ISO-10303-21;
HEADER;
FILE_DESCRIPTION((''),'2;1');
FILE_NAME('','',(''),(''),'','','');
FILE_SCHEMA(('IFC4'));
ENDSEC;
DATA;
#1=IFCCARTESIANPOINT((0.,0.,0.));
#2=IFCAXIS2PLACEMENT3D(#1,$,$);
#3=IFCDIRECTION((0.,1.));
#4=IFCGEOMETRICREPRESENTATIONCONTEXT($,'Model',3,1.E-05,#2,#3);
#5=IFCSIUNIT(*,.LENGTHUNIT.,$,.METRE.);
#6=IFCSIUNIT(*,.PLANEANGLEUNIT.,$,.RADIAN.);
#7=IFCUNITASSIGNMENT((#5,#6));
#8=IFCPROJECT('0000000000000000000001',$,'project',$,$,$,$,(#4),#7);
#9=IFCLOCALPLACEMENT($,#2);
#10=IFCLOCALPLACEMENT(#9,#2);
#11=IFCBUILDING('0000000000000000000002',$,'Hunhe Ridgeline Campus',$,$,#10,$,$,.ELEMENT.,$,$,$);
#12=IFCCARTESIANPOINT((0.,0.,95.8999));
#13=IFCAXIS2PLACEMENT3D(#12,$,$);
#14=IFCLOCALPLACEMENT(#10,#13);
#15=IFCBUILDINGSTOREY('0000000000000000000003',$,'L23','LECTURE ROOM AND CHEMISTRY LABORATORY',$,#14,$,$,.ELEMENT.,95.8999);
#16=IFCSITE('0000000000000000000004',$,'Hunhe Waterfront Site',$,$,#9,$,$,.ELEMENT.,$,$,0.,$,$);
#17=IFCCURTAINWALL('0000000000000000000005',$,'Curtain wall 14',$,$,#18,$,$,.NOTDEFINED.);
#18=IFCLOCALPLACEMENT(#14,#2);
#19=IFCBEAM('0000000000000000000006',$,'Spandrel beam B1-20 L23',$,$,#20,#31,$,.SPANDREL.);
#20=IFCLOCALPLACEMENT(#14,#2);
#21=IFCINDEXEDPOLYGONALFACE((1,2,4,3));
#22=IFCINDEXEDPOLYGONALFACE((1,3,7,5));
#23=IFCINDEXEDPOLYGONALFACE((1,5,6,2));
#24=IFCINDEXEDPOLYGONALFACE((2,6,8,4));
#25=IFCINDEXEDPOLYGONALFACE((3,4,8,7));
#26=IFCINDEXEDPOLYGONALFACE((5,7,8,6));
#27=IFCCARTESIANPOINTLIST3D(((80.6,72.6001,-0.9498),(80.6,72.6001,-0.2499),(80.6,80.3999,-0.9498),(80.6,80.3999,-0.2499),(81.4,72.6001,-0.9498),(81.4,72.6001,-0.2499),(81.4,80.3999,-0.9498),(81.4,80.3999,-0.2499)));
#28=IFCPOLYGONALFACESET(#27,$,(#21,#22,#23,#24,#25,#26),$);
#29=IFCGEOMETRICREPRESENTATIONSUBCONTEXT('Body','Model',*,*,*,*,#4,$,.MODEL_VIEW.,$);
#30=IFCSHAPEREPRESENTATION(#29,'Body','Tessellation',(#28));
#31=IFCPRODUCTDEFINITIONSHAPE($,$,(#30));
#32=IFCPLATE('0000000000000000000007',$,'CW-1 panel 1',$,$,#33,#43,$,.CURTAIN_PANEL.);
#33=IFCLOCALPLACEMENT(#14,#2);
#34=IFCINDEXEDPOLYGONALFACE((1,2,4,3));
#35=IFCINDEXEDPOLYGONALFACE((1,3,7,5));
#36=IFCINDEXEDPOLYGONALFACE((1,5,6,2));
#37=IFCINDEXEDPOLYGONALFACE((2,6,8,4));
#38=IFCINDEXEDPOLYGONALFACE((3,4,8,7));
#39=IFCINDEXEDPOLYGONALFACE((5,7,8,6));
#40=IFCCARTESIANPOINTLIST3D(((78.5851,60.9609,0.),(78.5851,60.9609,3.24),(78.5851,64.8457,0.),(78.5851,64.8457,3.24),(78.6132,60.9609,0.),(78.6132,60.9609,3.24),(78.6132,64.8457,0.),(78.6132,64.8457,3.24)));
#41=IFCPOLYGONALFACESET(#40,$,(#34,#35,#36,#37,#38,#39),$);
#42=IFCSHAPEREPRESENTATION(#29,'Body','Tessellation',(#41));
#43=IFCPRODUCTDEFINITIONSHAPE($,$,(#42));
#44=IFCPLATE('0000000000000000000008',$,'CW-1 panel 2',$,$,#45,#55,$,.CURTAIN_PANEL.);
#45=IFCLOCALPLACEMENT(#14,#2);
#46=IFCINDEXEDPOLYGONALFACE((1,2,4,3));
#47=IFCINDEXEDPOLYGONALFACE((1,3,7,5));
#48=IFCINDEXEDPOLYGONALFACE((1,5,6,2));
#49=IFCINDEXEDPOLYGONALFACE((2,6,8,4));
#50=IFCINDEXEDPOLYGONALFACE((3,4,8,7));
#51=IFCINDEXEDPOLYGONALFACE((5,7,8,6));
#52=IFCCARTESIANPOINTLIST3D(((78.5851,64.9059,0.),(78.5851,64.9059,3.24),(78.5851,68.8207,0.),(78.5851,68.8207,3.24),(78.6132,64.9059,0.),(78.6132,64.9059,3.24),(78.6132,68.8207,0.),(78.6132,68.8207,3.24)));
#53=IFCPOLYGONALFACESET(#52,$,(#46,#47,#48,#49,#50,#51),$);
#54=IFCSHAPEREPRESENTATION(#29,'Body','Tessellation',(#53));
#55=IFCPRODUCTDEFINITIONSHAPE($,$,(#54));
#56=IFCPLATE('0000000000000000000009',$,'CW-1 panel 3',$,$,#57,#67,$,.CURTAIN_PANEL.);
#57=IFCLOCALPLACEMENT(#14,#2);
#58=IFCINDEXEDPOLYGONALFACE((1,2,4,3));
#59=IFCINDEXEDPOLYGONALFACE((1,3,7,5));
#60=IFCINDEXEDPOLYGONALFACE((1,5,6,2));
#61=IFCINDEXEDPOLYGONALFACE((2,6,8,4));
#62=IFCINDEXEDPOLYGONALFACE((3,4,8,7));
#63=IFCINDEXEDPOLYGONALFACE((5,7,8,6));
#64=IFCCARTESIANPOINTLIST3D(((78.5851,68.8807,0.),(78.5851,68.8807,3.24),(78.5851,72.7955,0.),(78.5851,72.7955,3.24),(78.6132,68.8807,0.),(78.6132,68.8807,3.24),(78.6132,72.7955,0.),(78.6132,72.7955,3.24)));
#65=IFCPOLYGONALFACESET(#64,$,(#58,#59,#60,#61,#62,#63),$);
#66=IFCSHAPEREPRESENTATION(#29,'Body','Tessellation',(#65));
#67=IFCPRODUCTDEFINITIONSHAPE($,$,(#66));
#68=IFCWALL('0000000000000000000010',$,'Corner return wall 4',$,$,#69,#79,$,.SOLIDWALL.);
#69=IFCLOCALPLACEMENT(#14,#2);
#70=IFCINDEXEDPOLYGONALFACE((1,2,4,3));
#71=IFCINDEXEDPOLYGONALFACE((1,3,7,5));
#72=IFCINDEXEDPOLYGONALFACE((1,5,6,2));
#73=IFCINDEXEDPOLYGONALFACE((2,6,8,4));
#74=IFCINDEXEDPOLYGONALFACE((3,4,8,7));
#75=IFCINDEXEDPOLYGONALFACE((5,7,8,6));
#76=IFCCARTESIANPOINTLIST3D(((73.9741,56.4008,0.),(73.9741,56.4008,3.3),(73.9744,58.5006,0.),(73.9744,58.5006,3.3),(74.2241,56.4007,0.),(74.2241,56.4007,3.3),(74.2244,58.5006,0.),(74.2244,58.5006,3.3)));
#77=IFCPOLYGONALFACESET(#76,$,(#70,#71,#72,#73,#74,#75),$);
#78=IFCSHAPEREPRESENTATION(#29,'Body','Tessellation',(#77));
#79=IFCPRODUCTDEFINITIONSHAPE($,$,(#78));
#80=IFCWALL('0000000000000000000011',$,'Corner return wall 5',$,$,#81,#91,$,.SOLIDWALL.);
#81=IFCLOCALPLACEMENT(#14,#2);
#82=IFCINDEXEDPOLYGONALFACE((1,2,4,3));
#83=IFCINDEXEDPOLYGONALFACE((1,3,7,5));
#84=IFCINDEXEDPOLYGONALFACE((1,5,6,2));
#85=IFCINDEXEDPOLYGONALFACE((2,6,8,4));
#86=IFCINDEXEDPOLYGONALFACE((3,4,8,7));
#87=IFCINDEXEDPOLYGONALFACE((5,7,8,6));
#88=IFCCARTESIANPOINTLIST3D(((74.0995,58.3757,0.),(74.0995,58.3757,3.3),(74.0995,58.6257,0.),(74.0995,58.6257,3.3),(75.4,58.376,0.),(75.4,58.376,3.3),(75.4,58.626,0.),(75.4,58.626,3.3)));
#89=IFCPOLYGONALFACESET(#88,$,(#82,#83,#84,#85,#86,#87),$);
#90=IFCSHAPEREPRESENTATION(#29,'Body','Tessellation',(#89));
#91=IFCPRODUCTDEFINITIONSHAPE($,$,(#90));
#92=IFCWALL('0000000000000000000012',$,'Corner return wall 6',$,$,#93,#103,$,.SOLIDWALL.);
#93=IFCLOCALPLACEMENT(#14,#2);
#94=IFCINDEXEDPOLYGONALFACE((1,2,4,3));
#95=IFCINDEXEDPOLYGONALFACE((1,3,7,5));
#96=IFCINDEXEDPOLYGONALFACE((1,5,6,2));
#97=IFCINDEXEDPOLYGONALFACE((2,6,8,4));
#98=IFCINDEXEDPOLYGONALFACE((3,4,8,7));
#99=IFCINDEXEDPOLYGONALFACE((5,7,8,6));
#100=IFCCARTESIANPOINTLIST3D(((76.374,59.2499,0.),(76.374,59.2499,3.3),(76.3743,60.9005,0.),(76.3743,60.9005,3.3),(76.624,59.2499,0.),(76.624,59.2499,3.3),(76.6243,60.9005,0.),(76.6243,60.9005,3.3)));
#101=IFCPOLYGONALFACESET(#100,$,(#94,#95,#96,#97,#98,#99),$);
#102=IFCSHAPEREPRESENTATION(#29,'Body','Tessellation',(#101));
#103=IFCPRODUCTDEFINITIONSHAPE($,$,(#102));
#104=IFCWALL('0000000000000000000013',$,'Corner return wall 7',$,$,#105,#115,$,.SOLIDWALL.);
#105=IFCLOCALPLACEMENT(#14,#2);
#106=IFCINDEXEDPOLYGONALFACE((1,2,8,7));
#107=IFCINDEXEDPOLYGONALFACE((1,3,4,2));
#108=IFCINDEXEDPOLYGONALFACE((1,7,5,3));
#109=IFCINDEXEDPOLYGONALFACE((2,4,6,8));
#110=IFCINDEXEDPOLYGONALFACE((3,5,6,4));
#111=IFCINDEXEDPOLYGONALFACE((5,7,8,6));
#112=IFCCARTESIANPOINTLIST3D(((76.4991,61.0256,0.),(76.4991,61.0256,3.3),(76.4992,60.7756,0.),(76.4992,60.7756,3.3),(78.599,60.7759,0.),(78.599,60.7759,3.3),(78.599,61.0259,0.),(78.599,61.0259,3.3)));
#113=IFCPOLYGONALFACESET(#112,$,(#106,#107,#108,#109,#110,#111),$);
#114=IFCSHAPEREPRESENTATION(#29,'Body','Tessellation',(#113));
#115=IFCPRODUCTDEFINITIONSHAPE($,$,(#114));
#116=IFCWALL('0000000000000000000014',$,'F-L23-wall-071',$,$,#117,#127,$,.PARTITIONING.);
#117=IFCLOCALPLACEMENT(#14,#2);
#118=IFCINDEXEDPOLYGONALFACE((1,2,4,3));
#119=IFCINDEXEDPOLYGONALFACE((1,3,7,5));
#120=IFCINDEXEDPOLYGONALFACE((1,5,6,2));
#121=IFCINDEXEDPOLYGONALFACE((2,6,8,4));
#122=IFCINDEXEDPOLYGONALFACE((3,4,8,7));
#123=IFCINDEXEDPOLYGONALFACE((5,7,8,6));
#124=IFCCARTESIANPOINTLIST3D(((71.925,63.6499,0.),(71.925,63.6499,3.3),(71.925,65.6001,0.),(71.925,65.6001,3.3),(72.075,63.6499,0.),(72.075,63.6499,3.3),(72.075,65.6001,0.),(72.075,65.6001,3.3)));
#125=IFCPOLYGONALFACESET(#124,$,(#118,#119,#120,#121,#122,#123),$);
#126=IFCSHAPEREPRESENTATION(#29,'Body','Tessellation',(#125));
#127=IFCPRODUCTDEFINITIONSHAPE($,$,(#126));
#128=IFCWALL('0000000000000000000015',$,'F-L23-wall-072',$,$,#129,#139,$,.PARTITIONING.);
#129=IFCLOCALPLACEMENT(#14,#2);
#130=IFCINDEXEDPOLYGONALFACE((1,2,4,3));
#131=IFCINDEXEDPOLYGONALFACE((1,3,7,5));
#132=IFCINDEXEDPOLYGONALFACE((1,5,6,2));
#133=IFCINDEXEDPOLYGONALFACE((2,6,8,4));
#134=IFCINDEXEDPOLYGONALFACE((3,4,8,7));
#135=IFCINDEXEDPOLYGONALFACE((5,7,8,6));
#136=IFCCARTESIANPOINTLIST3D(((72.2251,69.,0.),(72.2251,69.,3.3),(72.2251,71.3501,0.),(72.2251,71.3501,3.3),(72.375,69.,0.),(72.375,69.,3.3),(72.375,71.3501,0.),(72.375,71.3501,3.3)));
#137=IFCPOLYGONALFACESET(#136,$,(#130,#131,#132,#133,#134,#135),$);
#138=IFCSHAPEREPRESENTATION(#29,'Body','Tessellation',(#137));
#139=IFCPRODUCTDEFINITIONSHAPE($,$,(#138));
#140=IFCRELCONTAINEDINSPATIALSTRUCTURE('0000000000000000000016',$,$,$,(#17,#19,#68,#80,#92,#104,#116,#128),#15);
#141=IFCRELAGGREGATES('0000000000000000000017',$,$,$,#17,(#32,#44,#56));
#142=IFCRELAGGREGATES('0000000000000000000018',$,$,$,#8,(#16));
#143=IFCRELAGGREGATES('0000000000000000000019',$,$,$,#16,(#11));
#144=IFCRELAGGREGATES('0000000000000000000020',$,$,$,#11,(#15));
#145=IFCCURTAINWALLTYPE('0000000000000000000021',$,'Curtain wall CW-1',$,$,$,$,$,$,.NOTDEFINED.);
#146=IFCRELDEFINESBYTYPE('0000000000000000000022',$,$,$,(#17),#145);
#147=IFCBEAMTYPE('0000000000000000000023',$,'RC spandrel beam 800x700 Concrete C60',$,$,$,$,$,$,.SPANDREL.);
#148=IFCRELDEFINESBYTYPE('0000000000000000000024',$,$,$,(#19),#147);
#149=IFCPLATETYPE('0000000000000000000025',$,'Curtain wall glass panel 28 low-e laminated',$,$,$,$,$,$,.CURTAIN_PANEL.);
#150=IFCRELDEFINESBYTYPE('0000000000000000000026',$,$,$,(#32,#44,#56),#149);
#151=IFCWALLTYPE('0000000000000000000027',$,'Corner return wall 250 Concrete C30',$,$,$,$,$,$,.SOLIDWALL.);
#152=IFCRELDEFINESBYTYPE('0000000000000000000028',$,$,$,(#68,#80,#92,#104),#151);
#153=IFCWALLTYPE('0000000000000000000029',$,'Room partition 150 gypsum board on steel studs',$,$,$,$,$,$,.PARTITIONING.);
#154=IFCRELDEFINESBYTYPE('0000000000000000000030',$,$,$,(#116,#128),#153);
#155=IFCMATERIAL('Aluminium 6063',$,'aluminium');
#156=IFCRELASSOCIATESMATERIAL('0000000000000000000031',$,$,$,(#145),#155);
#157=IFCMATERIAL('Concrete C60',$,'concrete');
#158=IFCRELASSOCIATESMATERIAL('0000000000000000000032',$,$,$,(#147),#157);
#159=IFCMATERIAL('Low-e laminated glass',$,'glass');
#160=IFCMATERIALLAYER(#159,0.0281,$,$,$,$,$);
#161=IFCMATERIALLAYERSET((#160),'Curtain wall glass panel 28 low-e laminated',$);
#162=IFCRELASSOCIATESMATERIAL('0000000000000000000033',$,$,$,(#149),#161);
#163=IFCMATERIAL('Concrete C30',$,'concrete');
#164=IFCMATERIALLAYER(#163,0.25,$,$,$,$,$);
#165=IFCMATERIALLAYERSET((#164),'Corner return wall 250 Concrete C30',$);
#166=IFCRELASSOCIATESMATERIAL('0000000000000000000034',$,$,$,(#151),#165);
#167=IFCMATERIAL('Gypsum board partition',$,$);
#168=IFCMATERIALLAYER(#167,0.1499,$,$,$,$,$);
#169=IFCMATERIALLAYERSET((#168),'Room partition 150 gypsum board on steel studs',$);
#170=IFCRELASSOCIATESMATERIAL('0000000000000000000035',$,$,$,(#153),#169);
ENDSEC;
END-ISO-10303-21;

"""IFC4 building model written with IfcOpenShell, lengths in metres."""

from ifc_helpers import new_model, si_unit, direction, frame, frame_2d, origin, origin_2d, place, context, subcontext, project, spatial, rectangle, extrude, material, layer, layer_set, material_profile, profile_set, type_object, element, aggregate, save


model = new_model("IFC4")

# Units and contexts
model_context = context("Model", 3, precision=1e-05, world=origin(), true_north=direction((0.0, 1.0)))
body_context = subcontext(model_context, "Body", "Model", "MODEL_VIEW")
ifc_project = project(units=[si_unit("LENGTHUNIT", "METRE"), si_unit("PLANEANGLEUNIT", "RADIAN")], contexts=[model_context])

# Site, building, storey
site_placement = place(None, origin())
site = spatial("IfcSite", under=ifc_project, at=site_placement, Name="Hunhe Waterfront Site", CompositionType="ELEMENT", RefElevation=0.0)
building_placement = place(site_placement, origin())
building = spatial("IfcBuilding", under=site, at=building_placement, Name="Hunhe Ridgeline Campus", CompositionType="ELEMENT")
storey_placement = place(building_placement, frame((0.0, 0.0, 95.8999)))
storey = spatial("IfcBuildingStorey", under=building, at=storey_placement, Name="L23", Description="LECTURE ROOM AND CHEMISTRY LABORATORY", CompositionType="ELEMENT", Elevation=95.8999)

# Shared definitions
ifc_material_1 = material(Name="Aluminium 6063", Category="aluminium")
curtain_wall_type = type_object("IfcCurtainWallType", Name="Curtain wall CW-1", PredefinedType="NOTDEFINED", material=ifc_material_1)

# Curtain wall
curtain_wall_1_placement = place(storey_placement, origin())
curtain_wall_1 = element("IfcCurtainWall", 1, at=curtain_wall_1_placement, inside=storey, type_object=curtain_wall_type, Name="Curtain wall 14", PredefinedType="NOTDEFINED")

# Beam
ifc_material_2 = material(Name="Concrete C60", Category="concrete")
ifc_material_profile_1 = material_profile(ifc_material_2, rectangle(XDim=0.8, YDim=0.7, at=origin_2d()))
ifc_profile_set_1 = profile_set([ifc_material_profile_1], Name="Concrete C60")
beam_type = type_object("IfcBeamType", Name="RC spandrel beam 800x700 Concrete C60", PredefinedType="SPANDREL", material=ifc_profile_set_1)
for number, where, z_axis, x_axis, name in (
    (2, (81.0, 72.6001, -0.5999), (0.0, 1.0, 0.0), (-1.0, 0.0, 0.0), "Spandrel beam B1-20 L23"),
):
    element("IfcBeam", number, at=place(storey_placement, frame(where, z_axis=z_axis, x_axis=x_axis)), inside=storey, type_object=beam_type, Name=name, PredefinedType="SPANDREL", context=body_context, shape_type="SweptSolid", body=[
        extrude(rectangle(XDim=0.8, YDim=0.7, at=origin_2d()), origin(), (0.0, 0.0, 1.0), 7.7998),
    ])

# Plates
ifc_material_3 = material(Name="Low-e laminated glass", Category="glass")
ifc_layer_1 = layer(ifc_material_3, 0.0281)
ifc_layer_set_1 = layer_set([ifc_layer_1], Name="Curtain wall glass panel 28 low-e laminated")
plate_type = type_object("IfcPlateType", Name="Curtain wall glass panel 28 low-e laminated", PredefinedType="CURTAIN_PANEL", material=ifc_layer_set_1)
plate_1_placement = place(storey_placement, frame((78.5991, 62.9033, 0.0), z_axis=(0.0, 0.0, 1.0), x_axis=(0.0, 1.0, 0.0)))
plate_1 = element("IfcPlate", 3, at=plate_1_placement, type_object=plate_type, Name="CW-1 panel 1", PredefinedType="CURTAIN_PANEL", context=body_context, shape_type="SweptSolid", body=[
    extrude(rectangle(XDim=3.8848, YDim=0.0281, at=origin_2d()), origin(), (0.0, 0.0, 1.0), 3.24),
])
plate_2_placement = place(storey_placement, frame((78.5991, 66.8633, 0.0), z_axis=(0.0, 0.0, 1.0), x_axis=(0.0, 1.0, 0.0)))
plate_2 = element("IfcPlate", 4, at=plate_2_placement, type_object=plate_type, Name="CW-1 panel 2", PredefinedType="CURTAIN_PANEL", context=body_context, shape_type="SweptSolid", body=[
    extrude(rectangle(XDim=3.9148, YDim=0.0281, at=origin_2d()), origin(), (0.0, 0.0, 1.0), 3.24),
])
plate_3_placement = place(storey_placement, frame((78.5991, 70.8381, 0.0), z_axis=(0.0, 0.0, 1.0), x_axis=(0.0, 1.0, 0.0)))
plate_3 = element("IfcPlate", 5, at=plate_3_placement, type_object=plate_type, Name="CW-1 panel 3", PredefinedType="CURTAIN_PANEL", context=body_context, shape_type="SweptSolid", body=[
    extrude(rectangle(XDim=3.9148, YDim=0.0281, at=origin_2d()), origin(), (0.0, 0.0, 1.0), 3.24),
])
aggregate(curtain_wall_1, [plate_1, plate_2, plate_3])

# Walls
ifc_material_4 = material(Name="Concrete C30", Category="concrete")
ifc_layer_2 = layer(ifc_material_4, 0.25)
ifc_layer_set_2 = layer_set([ifc_layer_2], Name="Corner return wall 250 Concrete C30")
wall_type_1 = type_object("IfcWallType", Name="Corner return wall 250 Concrete C30", PredefinedType="SOLIDWALL", material=ifc_layer_set_2)
wall_1_placement = place(storey_placement, frame((74.0991, 56.4009, 0.0), z_axis=(0.0, 0.0, 1.0), x_axis=(0.000116, 1.0, 0.0)))
element("IfcWall", 6, at=wall_1_placement, inside=storey, type_object=wall_type_1, Name="Corner return wall 4", PredefinedType="SOLIDWALL", context=body_context, shape_type="SweptSolid", body=[
    extrude(rectangle(XDim=2.0999, YDim=0.25, at=frame_2d((1.0498, 0.0))), origin(), (0.0, 0.0, 1.0), 3.3),
])
wall_2_placement = place(storey_placement, frame((74.0994, 58.5007, 0.0), z_axis=(0.0, 0.0, 1.0), x_axis=(1.0, 0.000188, 0.0)))
element("IfcWall", 7, at=wall_2_placement, inside=storey, type_object=wall_type_1, Name="Corner return wall 5", PredefinedType="SOLIDWALL", context=body_context, shape_type="SweptSolid", body=[
    extrude(rectangle(XDim=1.3005, YDim=0.25, at=frame_2d((0.6504, 0.0))), origin(), (0.0, 0.0, 1.0), 3.3),
])
wall_3_placement = place(storey_placement, frame((76.499, 59.25, 0.0), z_axis=(0.0, 0.0, 1.0), x_axis=(0.000148, 1.0, 0.0)))
element("IfcWall", 8, at=wall_3_placement, inside=storey, type_object=wall_type_1, Name="Corner return wall 6", PredefinedType="SOLIDWALL", context=body_context, shape_type="SweptSolid", body=[
    extrude(rectangle(XDim=1.6506, YDim=0.25, at=frame_2d((0.8252, 0.0))), origin(), (0.0, 0.0, 1.0), 3.3),
])
wall_4_placement = place(storey_placement, frame((76.4993, 60.9006, 0.0), z_axis=(0.0, 0.0, 1.0), x_axis=(1.0, 0.000116, 0.0)))
element("IfcWall", 9, at=wall_4_placement, inside=storey, type_object=wall_type_1, Name="Corner return wall 7", PredefinedType="SOLIDWALL", context=body_context, shape_type="SweptSolid", body=[
    extrude(rectangle(XDim=2.0999, YDim=0.25, at=frame_2d((1.0498, 0.0))), origin(), (0.0, 0.0, 1.0), 3.3),
])

# Shared definitions
ifc_material_5 = material(Name="Gypsum board partition")

# Walls
ifc_layer_3 = layer(ifc_material_5, 0.1499)
ifc_layer_set_3 = layer_set([ifc_layer_3], Name="Room partition 150 gypsum board on steel studs")
wall_type_2 = type_object("IfcWallType", Name="Room partition 150 gypsum board on steel studs", PredefinedType="PARTITIONING", material=ifc_layer_set_3)
wall_5_placement = place(storey_placement, frame((72.0, 65.6001, 0.0), z_axis=(0.0, 0.0, 1.0), x_axis=(0.0, -1.0, 0.0)))
element("IfcWall", 10, at=wall_5_placement, inside=storey, type_object=wall_type_2, Name="F-L23-wall-071", PredefinedType="PARTITIONING", context=body_context, shape_type="SweptSolid", body=[
    extrude(rectangle(XDim=1.9502, YDim=0.1499, at=frame_2d((0.9751, 0.0))), origin(), (0.0, 0.0, 1.0), 3.3),
])
wall_6_placement = place(storey_placement, frame((72.3, 71.3501, 0.0), z_axis=(0.0, 0.0, 1.0), x_axis=(0.0, -1.0, 0.0)))
element("IfcWall", 11, at=wall_6_placement, inside=storey, type_object=wall_type_2, Name="F-L23-wall-072", PredefinedType="PARTITIONING", context=body_context, shape_type="SweptSolid", body=[
    extrude(rectangle(XDim=2.3501, YDim=0.1499, at=frame_2d((1.175, 0.0))), origin(), (0.0, 0.0, 1.0), 3.3),
])

save(model, "model.ifc")
